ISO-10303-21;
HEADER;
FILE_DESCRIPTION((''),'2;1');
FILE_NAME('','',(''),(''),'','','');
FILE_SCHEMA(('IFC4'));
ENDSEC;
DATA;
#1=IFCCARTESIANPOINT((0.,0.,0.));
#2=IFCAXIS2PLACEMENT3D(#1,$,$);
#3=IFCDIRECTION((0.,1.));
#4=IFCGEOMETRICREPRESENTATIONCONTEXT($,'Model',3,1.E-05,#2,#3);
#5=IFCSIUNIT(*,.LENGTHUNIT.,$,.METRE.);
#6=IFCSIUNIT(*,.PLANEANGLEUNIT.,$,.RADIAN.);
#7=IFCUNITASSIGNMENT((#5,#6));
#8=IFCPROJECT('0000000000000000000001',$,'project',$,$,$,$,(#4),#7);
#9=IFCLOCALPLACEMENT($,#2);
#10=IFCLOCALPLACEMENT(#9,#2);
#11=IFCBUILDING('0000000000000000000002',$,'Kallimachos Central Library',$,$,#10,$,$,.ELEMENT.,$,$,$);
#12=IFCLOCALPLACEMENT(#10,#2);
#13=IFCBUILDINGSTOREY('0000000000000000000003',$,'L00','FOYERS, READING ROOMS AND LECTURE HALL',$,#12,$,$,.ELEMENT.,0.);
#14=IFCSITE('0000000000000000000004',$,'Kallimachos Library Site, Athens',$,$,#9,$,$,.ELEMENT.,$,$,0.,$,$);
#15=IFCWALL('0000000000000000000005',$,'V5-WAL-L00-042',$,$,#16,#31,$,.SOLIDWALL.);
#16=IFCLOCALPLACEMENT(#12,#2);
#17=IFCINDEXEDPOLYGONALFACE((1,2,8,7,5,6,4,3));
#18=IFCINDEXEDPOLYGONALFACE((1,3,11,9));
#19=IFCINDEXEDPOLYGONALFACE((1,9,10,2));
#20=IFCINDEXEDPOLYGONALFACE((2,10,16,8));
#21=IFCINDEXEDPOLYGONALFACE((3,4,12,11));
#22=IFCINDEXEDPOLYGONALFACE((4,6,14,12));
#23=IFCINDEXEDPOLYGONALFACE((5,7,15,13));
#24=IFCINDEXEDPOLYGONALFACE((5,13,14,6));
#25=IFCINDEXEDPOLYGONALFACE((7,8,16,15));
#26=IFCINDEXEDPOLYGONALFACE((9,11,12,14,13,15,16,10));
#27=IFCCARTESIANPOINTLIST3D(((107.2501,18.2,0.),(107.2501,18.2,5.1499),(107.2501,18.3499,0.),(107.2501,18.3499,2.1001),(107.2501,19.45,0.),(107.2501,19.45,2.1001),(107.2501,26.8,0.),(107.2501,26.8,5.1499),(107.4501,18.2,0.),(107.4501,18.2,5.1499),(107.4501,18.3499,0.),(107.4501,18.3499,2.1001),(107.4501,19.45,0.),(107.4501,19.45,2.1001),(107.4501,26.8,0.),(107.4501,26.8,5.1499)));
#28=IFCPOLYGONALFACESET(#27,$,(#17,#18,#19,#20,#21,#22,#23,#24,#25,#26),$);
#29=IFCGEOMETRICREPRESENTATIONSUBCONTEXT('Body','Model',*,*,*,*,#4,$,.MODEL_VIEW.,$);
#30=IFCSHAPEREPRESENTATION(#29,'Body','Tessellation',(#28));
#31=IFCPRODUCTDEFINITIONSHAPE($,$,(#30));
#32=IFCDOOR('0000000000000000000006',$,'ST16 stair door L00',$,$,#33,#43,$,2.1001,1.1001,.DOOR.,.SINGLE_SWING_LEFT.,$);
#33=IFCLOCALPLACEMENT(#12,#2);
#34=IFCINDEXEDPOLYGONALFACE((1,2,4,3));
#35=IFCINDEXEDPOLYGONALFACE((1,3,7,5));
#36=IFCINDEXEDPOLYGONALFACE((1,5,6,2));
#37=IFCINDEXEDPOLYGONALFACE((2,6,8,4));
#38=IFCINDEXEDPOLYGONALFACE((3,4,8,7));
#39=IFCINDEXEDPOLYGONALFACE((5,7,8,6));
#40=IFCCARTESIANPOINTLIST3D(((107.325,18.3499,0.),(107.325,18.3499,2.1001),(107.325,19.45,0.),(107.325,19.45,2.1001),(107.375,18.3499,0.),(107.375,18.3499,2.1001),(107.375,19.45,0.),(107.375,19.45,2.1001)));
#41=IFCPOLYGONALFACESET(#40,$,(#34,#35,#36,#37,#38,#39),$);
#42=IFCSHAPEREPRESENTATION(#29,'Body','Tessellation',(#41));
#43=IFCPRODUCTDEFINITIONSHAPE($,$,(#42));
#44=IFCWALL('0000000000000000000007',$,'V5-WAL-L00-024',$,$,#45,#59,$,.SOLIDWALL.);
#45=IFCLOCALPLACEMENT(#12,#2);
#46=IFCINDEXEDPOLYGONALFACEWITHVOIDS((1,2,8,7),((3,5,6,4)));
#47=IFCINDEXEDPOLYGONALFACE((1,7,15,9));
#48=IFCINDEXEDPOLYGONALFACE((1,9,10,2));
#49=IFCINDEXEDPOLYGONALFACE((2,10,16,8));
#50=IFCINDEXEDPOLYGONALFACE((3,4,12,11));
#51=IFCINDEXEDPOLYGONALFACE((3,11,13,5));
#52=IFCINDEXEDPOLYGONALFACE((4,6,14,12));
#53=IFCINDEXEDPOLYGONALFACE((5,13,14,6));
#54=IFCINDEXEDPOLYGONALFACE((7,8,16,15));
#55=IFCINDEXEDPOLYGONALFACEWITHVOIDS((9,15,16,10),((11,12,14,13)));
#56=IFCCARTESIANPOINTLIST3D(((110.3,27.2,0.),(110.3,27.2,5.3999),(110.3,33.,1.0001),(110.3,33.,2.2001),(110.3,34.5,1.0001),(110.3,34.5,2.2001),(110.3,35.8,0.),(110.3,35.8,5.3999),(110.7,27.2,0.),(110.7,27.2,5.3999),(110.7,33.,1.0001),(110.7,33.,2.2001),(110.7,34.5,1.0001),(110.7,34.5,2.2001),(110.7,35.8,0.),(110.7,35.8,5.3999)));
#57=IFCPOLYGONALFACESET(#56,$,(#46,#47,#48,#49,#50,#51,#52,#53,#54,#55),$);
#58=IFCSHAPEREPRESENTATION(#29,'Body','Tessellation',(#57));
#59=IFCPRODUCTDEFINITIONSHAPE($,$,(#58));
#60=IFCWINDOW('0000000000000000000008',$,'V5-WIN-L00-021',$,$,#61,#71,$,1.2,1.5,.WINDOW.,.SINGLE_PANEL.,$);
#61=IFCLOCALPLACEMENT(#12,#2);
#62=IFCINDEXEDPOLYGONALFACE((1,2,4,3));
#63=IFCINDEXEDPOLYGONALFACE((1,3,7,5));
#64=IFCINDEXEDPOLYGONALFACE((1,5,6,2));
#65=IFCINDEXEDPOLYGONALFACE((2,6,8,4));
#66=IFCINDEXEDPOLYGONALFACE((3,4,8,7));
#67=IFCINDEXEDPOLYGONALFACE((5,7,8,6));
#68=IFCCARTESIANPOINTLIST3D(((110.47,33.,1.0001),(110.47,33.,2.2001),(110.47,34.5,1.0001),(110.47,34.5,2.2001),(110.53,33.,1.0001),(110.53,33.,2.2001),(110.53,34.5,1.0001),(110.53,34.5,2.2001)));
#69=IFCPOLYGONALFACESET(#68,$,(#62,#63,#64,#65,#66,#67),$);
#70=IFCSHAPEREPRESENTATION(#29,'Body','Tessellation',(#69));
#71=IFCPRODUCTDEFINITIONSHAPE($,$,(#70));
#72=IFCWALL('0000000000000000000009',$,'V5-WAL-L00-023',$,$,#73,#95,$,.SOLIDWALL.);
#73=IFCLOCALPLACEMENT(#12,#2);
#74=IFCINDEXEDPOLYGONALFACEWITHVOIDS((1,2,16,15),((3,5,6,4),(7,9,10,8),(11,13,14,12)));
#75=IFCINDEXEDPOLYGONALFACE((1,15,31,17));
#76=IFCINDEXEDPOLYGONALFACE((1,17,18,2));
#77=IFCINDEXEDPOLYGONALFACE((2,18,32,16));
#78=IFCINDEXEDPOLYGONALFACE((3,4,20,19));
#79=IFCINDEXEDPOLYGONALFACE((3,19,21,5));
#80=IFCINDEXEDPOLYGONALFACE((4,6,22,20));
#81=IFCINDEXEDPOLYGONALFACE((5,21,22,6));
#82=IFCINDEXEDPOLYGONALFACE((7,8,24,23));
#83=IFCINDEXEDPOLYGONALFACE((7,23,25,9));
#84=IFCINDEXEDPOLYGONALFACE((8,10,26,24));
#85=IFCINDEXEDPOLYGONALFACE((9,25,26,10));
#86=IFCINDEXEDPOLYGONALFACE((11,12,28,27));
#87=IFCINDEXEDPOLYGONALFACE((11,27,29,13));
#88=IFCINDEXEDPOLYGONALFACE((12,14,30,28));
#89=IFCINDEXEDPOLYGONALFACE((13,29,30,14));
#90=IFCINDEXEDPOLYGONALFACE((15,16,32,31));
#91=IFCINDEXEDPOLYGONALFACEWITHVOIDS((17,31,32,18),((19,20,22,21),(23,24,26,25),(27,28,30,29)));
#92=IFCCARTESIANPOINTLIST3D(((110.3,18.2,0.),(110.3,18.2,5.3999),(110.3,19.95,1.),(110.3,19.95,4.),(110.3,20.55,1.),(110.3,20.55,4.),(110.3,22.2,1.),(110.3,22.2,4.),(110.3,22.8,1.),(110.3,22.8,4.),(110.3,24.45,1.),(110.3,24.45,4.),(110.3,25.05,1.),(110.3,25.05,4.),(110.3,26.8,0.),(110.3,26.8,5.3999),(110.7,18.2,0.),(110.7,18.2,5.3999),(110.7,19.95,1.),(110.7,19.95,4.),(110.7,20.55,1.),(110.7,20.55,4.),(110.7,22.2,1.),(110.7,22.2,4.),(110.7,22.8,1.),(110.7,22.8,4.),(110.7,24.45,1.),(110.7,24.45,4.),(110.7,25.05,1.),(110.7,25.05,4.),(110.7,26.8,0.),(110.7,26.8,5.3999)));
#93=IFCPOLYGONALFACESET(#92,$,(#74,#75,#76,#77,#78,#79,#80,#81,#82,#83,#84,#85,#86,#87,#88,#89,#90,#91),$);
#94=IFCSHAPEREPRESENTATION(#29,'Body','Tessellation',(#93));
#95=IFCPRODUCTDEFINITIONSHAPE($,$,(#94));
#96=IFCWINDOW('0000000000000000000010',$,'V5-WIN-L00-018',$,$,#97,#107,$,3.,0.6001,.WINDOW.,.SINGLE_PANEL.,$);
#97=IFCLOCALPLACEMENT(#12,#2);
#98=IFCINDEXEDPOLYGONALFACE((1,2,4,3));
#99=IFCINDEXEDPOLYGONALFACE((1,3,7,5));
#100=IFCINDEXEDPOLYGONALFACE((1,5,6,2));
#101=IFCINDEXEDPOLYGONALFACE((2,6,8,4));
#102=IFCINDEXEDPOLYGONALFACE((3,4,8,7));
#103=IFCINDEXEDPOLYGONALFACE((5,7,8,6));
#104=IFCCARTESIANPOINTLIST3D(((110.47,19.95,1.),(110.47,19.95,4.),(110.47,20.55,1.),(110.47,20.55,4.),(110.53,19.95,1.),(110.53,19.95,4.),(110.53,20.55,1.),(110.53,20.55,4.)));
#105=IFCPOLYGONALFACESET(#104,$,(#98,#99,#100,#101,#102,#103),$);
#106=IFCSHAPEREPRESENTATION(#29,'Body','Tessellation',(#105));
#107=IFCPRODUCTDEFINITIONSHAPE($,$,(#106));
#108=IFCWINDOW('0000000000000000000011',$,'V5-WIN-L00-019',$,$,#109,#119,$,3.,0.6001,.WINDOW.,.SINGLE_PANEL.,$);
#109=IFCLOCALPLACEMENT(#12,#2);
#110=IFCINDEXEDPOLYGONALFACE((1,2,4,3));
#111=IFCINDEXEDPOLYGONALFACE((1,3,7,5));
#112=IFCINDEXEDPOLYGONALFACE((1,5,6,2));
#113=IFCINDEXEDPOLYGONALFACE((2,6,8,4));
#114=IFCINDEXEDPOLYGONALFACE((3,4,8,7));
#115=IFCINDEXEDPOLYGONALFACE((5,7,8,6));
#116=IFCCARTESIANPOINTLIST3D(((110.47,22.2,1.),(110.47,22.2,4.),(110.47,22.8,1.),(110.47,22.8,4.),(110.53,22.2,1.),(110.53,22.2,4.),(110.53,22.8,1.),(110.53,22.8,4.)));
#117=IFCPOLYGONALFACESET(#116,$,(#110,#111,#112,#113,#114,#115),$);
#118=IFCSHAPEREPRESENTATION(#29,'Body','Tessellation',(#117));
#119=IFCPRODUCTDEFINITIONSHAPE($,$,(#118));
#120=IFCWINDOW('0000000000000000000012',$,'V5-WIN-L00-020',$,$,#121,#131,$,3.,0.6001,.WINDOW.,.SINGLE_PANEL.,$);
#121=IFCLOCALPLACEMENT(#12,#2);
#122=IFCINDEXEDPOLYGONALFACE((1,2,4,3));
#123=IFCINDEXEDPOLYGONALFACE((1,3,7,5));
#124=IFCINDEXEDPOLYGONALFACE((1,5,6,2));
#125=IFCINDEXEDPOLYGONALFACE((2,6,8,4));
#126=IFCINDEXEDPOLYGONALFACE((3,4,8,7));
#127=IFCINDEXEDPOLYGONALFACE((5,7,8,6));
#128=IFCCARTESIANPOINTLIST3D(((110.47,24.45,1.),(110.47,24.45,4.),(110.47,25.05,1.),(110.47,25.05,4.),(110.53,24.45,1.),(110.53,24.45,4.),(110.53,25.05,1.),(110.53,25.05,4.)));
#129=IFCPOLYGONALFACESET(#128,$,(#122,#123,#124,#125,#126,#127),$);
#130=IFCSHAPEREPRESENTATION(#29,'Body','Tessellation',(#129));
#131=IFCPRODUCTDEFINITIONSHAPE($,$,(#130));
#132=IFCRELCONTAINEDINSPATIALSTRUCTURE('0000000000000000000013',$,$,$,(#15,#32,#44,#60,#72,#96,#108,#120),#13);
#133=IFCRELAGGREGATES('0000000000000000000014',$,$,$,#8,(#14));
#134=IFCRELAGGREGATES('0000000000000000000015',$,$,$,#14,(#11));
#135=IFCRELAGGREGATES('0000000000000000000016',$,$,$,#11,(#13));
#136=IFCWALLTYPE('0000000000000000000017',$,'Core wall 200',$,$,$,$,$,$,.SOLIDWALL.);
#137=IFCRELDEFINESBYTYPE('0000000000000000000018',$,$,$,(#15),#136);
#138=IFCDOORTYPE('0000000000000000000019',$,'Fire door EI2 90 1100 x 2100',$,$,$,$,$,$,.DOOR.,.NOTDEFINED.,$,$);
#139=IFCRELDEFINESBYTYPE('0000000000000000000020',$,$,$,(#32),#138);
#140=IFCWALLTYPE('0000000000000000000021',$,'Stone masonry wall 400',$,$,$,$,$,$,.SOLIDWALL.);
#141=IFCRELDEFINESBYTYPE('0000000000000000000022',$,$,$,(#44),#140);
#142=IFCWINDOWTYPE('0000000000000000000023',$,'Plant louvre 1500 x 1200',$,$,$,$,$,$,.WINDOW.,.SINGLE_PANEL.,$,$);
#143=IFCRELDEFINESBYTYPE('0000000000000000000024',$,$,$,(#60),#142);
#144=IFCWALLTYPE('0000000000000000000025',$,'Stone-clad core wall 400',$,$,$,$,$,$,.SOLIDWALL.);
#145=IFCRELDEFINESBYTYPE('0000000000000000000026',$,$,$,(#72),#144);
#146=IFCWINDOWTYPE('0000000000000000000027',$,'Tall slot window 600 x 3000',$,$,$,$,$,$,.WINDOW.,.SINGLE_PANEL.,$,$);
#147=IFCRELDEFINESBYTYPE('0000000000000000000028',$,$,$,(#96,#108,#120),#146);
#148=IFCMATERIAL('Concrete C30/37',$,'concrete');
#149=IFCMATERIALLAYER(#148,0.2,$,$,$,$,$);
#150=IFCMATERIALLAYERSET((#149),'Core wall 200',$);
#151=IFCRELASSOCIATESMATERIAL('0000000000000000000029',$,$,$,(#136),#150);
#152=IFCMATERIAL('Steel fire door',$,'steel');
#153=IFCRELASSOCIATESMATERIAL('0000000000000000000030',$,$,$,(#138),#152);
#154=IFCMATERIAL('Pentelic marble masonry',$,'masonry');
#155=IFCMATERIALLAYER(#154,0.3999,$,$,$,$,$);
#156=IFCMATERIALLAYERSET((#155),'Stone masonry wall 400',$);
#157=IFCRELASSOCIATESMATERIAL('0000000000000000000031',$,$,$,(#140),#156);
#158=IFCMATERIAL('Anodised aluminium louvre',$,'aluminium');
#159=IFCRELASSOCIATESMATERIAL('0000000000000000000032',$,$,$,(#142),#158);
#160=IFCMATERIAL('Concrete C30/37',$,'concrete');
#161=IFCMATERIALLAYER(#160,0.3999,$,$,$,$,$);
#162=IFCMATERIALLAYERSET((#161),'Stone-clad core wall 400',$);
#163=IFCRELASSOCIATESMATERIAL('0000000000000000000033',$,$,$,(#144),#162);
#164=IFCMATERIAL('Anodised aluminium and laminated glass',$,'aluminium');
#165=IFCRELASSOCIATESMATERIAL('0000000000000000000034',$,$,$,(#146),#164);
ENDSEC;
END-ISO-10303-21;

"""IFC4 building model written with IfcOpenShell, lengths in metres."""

from ifc_helpers import new_model, si_unit, direction, frame, frame_2d, origin, place, context, subcontext, project, spatial, rectangle, extrude, material, layer, layer_set, type_object, element, fill, save


model = new_model("IFC4")

# Units and contexts
model_context = context("Model", 3, precision=1e-05, world=origin(), true_north=direction((0.0, 1.0)))
body_context = subcontext(model_context, "Body", "Model", "MODEL_VIEW")
ifc_project = project(units=[si_unit("LENGTHUNIT", "METRE"), si_unit("PLANEANGLEUNIT", "RADIAN")], contexts=[model_context])

# Site, building, storey
site_placement = place(None, origin())
site = spatial("IfcSite", under=ifc_project, at=site_placement, Name="Kallimachos Library Site, Athens", CompositionType="ELEMENT", RefElevation=0.0)
building_placement = place(site_placement, origin())
building = spatial("IfcBuilding", under=site, at=building_placement, Name="Kallimachos Central Library", CompositionType="ELEMENT")
storey_placement = place(building_placement, origin())
storey = spatial("IfcBuildingStorey", under=building, at=storey_placement, Name="L00", Description="FOYERS, READING ROOMS AND LECTURE HALL", CompositionType="ELEMENT", Elevation=0.0)

# Wall, opening, door
ifc_material_1 = material(Name="Concrete C30/37", Category="concrete")
ifc_layer_1 = layer(ifc_material_1, 0.2)
ifc_layer_set_1 = layer_set([ifc_layer_1], Name="Core wall 200")
wall_type_1 = type_object("IfcWallType", Name="Core wall 200", PredefinedType="SOLIDWALL", material=ifc_layer_set_1)
wall_1_placement = place(storey_placement, frame((107.3501, 18.2, 0.0), z_axis=(0.0, 0.0, 1.0), x_axis=(0.0, 1.0, 0.0)))
wall_1 = element("IfcWall", 1, at=wall_1_placement, inside=storey, type_object=wall_type_1, Name="V5-WAL-L00-042", PredefinedType="SOLIDWALL", context=body_context, shape_type="SweptSolid", body=[
    extrude(rectangle(XDim=8.6001, YDim=0.2, at=frame_2d((4.3, 0.0))), origin(), (0.0, 0.0, 1.0), 5.1499),
])
opening_1_placement = place(wall_1_placement, frame((0.1499, 0.0, 0.0)))
opening_1 = element("IfcOpeningElement", 2, at=opening_1_placement, cuts=wall_1, PredefinedType="OPENING", context=body_context, shape_type="SweptSolid", body=[
    extrude(rectangle(XDim=1.1001, YDim=2.1001, at=frame_2d((0.55, 1.05))), frame((0.0, 0.1099, 0.0), z_axis=(0.0, -1.0, 0.0), x_axis=(1.0, 0.0, 0.0)), (0.0, 0.0, 1.0), 0.22),
])
ifc_material_2 = material(Name="Steel fire door", Category="steel")
door_type = type_object("IfcDoorType", Name="Fire door EI2 90 1100 x 2100", OperationType="NOTDEFINED", PredefinedType="DOOR", material=ifc_material_2)
door_placement = place(opening_1_placement, frame((1.1001, 0.0, 0.0), z_axis=(0.0, 0.0, 1.0), x_axis=(-1.0, 0.0, 0.0)))
door = element("IfcDoor", 3, at=door_placement, inside=storey, type_object=door_type, Name="ST16 stair door L00", OperationType="SINGLE_SWING_LEFT", OverallHeight=2.1001, OverallWidth=1.1001, PredefinedType="DOOR", context=body_context, shape_type="SweptSolid", body=[
    extrude(rectangle(XDim=1.1001, YDim=2.1001, at=frame_2d((0.55, 1.05))), frame((0.0, 0.0249, 0.0), z_axis=(0.0, -1.0, 0.0), x_axis=(1.0, 0.0, 0.0)), (0.0, 0.0, 1.0), 0.05),
])
fill(opening_1, door)

# Wall, opening, window
ifc_material_3 = material(Name="Pentelic marble masonry", Category="masonry")
ifc_layer_2 = layer(ifc_material_3, 0.3999)
ifc_layer_set_2 = layer_set([ifc_layer_2], Name="Stone masonry wall 400")
wall_type_2 = type_object("IfcWallType", Name="Stone masonry wall 400", PredefinedType="SOLIDWALL", material=ifc_layer_set_2)
wall_2_placement = place(storey_placement, frame((110.5, 27.2, 0.0), z_axis=(0.0, 0.0, 1.0), x_axis=(0.0, 1.0, 0.0)))
wall_2 = element("IfcWall", 4, at=wall_2_placement, inside=storey, type_object=wall_type_2, Name="V5-WAL-L00-024", PredefinedType="SOLIDWALL", context=body_context, shape_type="SweptSolid", body=[
    extrude(rectangle(XDim=8.6001, YDim=0.3999, at=frame_2d((4.3, 0.0))), origin(), (0.0, 0.0, 1.0), 5.3999),
])
opening_2_placement = place(wall_2_placement, frame((5.8, 0.0, 1.0)))
opening_2 = element("IfcOpeningElement", 5, at=opening_2_placement, cuts=wall_2, PredefinedType="OPENING", context=body_context, shape_type="SweptSolid", body=[
    extrude(rectangle(XDim=1.5, YDim=1.2, at=frame_2d((0.75, 0.6001))), frame((0.0, 0.21, 0.0), z_axis=(0.0, -1.0, 0.0), x_axis=(1.0, 0.0, 0.0)), (0.0, 0.0, 1.0), 0.4199),
])
ifc_material_4 = material(Name="Anodised aluminium louvre", Category="aluminium")
window_type_1 = type_object("IfcWindowType", Name="Plant louvre 1500 x 1200", PartitioningType="SINGLE_PANEL", PredefinedType="WINDOW", material=ifc_material_4)
window_1_placement = place(opening_2_placement, origin())
window_1 = element("IfcWindow", 6, at=window_1_placement, inside=storey, type_object=window_type_1, Name="V5-WIN-L00-021", OverallHeight=1.2, OverallWidth=1.5, PartitioningType="SINGLE_PANEL", PredefinedType="WINDOW", context=body_context, shape_type="SweptSolid", body=[
    extrude(rectangle(XDim=1.5, YDim=1.2, at=frame_2d((0.75, 0.6001))), frame((0.0, 0.03, 0.0), z_axis=(0.0, -1.0, 0.0), x_axis=(1.0, 0.0, 0.0)), (0.0, 0.0, 1.0), 0.0601),
])
fill(opening_2, window_1)

# Wall, openings, windows
ifc_material_5 = material(Name="Concrete C30/37", Category="concrete")
ifc_layer_3 = layer(ifc_material_5, 0.3999)
ifc_layer_set_3 = layer_set([ifc_layer_3], Name="Stone-clad core wall 400")
wall_type_3 = type_object("IfcWallType", Name="Stone-clad core wall 400", PredefinedType="SOLIDWALL", material=ifc_layer_set_3)
wall_3_placement = place(storey_placement, frame((110.5, 18.2, 0.0), z_axis=(0.0, 0.0, 1.0), x_axis=(0.0, 1.0, 0.0)))
wall_3 = element("IfcWall", 7, at=wall_3_placement, inside=storey, type_object=wall_type_3, Name="V5-WAL-L00-023", PredefinedType="SOLIDWALL", context=body_context, shape_type="SweptSolid", body=[
    extrude(rectangle(XDim=8.6001, YDim=0.3999, at=frame_2d((4.3, 0.0))), origin(), (0.0, 0.0, 1.0), 5.3999),
])
opening_3_placement = place(wall_3_placement, frame((1.75, 0.0, 1.0)))
opening_3 = element("IfcOpeningElement", 8, at=opening_3_placement, cuts=wall_3, PredefinedType="OPENING", context=body_context, shape_type="SweptSolid", body=[
    extrude(rectangle(XDim=0.6001, YDim=3.0, at=frame_2d((0.3, 1.5))), frame((0.0, 0.21, 0.0), z_axis=(0.0, -1.0, 0.0), x_axis=(1.0, 0.0, 0.0)), (0.0, 0.0, 1.0), 0.4199),
])
opening_4_placement = place(wall_3_placement, frame((4.0, 0.0, 1.0)))
opening_4 = element("IfcOpeningElement", 9, at=opening_4_placement, cuts=wall_3, PredefinedType="OPENING", context=body_context, shape_type="SweptSolid", body=[
    extrude(rectangle(XDim=0.6001, YDim=3.0, at=frame_2d((0.3, 1.5))), frame((0.0, 0.21, 0.0), z_axis=(0.0, -1.0, 0.0), x_axis=(1.0, 0.0, 0.0)), (0.0, 0.0, 1.0), 0.4199),
])
opening_5_placement = place(wall_3_placement, frame((6.25, 0.0, 1.0)))
opening_5 = element("IfcOpeningElement", 10, at=opening_5_placement, cuts=wall_3, PredefinedType="OPENING", context=body_context, shape_type="SweptSolid", body=[
    extrude(rectangle(XDim=0.6001, YDim=3.0, at=frame_2d((0.3, 1.5))), frame((0.0, 0.21, 0.0), z_axis=(0.0, -1.0, 0.0), x_axis=(1.0, 0.0, 0.0)), (0.0, 0.0, 1.0), 0.4199),
])
ifc_material_6 = material(Name="Anodised aluminium and laminated glass", Category="aluminium")
window_type_2 = type_object("IfcWindowType", Name="Tall slot window 600 x 3000", PartitioningType="SINGLE_PANEL", PredefinedType="WINDOW", material=ifc_material_6)
window_2_placement = place(opening_3_placement, origin())
window_2 = element("IfcWindow", 11, at=window_2_placement, inside=storey, type_object=window_type_2, Name="V5-WIN-L00-018", OverallHeight=3.0, OverallWidth=0.6001, PartitioningType="SINGLE_PANEL", PredefinedType="WINDOW", context=body_context, shape_type="SweptSolid", body=[
    extrude(rectangle(XDim=0.6001, YDim=3.0, at=frame_2d((0.3, 1.5))), frame((0.0, 0.03, 0.0), z_axis=(0.0, -1.0, 0.0), x_axis=(1.0, 0.0, 0.0)), (0.0, 0.0, 1.0), 0.0601),
])
fill(opening_3, window_2)
window_3_placement = place(opening_4_placement, origin())
window_3 = element("IfcWindow", 12, at=window_3_placement, inside=storey, type_object=window_type_2, Name="V5-WIN-L00-019", OverallHeight=3.0, OverallWidth=0.6001, PartitioningType="SINGLE_PANEL", PredefinedType="WINDOW", context=body_context, shape_type="SweptSolid", body=[
    extrude(rectangle(XDim=0.6001, YDim=3.0, at=frame_2d((0.3, 1.5))), frame((0.0, 0.03, 0.0), z_axis=(0.0, -1.0, 0.0), x_axis=(1.0, 0.0, 0.0)), (0.0, 0.0, 1.0), 0.0601),
])
fill(opening_4, window_3)
window_4_placement = place(opening_5_placement, origin())
window_4 = element("IfcWindow", 13, at=window_4_placement, inside=storey, type_object=window_type_2, Name="V5-WIN-L00-020", OverallHeight=3.0, OverallWidth=0.6001, PartitioningType="SINGLE_PANEL", PredefinedType="WINDOW", context=body_context, shape_type="SweptSolid", body=[
    extrude(rectangle(XDim=0.6001, YDim=3.0, at=frame_2d((0.3, 1.5))), frame((0.0, 0.03, 0.0), z_axis=(0.0, -1.0, 0.0), x_axis=(1.0, 0.0, 0.0)), (0.0, 0.0, 1.0), 0.0601),
])
fill(opening_5, window_4)

save(model, "model.ifc")
